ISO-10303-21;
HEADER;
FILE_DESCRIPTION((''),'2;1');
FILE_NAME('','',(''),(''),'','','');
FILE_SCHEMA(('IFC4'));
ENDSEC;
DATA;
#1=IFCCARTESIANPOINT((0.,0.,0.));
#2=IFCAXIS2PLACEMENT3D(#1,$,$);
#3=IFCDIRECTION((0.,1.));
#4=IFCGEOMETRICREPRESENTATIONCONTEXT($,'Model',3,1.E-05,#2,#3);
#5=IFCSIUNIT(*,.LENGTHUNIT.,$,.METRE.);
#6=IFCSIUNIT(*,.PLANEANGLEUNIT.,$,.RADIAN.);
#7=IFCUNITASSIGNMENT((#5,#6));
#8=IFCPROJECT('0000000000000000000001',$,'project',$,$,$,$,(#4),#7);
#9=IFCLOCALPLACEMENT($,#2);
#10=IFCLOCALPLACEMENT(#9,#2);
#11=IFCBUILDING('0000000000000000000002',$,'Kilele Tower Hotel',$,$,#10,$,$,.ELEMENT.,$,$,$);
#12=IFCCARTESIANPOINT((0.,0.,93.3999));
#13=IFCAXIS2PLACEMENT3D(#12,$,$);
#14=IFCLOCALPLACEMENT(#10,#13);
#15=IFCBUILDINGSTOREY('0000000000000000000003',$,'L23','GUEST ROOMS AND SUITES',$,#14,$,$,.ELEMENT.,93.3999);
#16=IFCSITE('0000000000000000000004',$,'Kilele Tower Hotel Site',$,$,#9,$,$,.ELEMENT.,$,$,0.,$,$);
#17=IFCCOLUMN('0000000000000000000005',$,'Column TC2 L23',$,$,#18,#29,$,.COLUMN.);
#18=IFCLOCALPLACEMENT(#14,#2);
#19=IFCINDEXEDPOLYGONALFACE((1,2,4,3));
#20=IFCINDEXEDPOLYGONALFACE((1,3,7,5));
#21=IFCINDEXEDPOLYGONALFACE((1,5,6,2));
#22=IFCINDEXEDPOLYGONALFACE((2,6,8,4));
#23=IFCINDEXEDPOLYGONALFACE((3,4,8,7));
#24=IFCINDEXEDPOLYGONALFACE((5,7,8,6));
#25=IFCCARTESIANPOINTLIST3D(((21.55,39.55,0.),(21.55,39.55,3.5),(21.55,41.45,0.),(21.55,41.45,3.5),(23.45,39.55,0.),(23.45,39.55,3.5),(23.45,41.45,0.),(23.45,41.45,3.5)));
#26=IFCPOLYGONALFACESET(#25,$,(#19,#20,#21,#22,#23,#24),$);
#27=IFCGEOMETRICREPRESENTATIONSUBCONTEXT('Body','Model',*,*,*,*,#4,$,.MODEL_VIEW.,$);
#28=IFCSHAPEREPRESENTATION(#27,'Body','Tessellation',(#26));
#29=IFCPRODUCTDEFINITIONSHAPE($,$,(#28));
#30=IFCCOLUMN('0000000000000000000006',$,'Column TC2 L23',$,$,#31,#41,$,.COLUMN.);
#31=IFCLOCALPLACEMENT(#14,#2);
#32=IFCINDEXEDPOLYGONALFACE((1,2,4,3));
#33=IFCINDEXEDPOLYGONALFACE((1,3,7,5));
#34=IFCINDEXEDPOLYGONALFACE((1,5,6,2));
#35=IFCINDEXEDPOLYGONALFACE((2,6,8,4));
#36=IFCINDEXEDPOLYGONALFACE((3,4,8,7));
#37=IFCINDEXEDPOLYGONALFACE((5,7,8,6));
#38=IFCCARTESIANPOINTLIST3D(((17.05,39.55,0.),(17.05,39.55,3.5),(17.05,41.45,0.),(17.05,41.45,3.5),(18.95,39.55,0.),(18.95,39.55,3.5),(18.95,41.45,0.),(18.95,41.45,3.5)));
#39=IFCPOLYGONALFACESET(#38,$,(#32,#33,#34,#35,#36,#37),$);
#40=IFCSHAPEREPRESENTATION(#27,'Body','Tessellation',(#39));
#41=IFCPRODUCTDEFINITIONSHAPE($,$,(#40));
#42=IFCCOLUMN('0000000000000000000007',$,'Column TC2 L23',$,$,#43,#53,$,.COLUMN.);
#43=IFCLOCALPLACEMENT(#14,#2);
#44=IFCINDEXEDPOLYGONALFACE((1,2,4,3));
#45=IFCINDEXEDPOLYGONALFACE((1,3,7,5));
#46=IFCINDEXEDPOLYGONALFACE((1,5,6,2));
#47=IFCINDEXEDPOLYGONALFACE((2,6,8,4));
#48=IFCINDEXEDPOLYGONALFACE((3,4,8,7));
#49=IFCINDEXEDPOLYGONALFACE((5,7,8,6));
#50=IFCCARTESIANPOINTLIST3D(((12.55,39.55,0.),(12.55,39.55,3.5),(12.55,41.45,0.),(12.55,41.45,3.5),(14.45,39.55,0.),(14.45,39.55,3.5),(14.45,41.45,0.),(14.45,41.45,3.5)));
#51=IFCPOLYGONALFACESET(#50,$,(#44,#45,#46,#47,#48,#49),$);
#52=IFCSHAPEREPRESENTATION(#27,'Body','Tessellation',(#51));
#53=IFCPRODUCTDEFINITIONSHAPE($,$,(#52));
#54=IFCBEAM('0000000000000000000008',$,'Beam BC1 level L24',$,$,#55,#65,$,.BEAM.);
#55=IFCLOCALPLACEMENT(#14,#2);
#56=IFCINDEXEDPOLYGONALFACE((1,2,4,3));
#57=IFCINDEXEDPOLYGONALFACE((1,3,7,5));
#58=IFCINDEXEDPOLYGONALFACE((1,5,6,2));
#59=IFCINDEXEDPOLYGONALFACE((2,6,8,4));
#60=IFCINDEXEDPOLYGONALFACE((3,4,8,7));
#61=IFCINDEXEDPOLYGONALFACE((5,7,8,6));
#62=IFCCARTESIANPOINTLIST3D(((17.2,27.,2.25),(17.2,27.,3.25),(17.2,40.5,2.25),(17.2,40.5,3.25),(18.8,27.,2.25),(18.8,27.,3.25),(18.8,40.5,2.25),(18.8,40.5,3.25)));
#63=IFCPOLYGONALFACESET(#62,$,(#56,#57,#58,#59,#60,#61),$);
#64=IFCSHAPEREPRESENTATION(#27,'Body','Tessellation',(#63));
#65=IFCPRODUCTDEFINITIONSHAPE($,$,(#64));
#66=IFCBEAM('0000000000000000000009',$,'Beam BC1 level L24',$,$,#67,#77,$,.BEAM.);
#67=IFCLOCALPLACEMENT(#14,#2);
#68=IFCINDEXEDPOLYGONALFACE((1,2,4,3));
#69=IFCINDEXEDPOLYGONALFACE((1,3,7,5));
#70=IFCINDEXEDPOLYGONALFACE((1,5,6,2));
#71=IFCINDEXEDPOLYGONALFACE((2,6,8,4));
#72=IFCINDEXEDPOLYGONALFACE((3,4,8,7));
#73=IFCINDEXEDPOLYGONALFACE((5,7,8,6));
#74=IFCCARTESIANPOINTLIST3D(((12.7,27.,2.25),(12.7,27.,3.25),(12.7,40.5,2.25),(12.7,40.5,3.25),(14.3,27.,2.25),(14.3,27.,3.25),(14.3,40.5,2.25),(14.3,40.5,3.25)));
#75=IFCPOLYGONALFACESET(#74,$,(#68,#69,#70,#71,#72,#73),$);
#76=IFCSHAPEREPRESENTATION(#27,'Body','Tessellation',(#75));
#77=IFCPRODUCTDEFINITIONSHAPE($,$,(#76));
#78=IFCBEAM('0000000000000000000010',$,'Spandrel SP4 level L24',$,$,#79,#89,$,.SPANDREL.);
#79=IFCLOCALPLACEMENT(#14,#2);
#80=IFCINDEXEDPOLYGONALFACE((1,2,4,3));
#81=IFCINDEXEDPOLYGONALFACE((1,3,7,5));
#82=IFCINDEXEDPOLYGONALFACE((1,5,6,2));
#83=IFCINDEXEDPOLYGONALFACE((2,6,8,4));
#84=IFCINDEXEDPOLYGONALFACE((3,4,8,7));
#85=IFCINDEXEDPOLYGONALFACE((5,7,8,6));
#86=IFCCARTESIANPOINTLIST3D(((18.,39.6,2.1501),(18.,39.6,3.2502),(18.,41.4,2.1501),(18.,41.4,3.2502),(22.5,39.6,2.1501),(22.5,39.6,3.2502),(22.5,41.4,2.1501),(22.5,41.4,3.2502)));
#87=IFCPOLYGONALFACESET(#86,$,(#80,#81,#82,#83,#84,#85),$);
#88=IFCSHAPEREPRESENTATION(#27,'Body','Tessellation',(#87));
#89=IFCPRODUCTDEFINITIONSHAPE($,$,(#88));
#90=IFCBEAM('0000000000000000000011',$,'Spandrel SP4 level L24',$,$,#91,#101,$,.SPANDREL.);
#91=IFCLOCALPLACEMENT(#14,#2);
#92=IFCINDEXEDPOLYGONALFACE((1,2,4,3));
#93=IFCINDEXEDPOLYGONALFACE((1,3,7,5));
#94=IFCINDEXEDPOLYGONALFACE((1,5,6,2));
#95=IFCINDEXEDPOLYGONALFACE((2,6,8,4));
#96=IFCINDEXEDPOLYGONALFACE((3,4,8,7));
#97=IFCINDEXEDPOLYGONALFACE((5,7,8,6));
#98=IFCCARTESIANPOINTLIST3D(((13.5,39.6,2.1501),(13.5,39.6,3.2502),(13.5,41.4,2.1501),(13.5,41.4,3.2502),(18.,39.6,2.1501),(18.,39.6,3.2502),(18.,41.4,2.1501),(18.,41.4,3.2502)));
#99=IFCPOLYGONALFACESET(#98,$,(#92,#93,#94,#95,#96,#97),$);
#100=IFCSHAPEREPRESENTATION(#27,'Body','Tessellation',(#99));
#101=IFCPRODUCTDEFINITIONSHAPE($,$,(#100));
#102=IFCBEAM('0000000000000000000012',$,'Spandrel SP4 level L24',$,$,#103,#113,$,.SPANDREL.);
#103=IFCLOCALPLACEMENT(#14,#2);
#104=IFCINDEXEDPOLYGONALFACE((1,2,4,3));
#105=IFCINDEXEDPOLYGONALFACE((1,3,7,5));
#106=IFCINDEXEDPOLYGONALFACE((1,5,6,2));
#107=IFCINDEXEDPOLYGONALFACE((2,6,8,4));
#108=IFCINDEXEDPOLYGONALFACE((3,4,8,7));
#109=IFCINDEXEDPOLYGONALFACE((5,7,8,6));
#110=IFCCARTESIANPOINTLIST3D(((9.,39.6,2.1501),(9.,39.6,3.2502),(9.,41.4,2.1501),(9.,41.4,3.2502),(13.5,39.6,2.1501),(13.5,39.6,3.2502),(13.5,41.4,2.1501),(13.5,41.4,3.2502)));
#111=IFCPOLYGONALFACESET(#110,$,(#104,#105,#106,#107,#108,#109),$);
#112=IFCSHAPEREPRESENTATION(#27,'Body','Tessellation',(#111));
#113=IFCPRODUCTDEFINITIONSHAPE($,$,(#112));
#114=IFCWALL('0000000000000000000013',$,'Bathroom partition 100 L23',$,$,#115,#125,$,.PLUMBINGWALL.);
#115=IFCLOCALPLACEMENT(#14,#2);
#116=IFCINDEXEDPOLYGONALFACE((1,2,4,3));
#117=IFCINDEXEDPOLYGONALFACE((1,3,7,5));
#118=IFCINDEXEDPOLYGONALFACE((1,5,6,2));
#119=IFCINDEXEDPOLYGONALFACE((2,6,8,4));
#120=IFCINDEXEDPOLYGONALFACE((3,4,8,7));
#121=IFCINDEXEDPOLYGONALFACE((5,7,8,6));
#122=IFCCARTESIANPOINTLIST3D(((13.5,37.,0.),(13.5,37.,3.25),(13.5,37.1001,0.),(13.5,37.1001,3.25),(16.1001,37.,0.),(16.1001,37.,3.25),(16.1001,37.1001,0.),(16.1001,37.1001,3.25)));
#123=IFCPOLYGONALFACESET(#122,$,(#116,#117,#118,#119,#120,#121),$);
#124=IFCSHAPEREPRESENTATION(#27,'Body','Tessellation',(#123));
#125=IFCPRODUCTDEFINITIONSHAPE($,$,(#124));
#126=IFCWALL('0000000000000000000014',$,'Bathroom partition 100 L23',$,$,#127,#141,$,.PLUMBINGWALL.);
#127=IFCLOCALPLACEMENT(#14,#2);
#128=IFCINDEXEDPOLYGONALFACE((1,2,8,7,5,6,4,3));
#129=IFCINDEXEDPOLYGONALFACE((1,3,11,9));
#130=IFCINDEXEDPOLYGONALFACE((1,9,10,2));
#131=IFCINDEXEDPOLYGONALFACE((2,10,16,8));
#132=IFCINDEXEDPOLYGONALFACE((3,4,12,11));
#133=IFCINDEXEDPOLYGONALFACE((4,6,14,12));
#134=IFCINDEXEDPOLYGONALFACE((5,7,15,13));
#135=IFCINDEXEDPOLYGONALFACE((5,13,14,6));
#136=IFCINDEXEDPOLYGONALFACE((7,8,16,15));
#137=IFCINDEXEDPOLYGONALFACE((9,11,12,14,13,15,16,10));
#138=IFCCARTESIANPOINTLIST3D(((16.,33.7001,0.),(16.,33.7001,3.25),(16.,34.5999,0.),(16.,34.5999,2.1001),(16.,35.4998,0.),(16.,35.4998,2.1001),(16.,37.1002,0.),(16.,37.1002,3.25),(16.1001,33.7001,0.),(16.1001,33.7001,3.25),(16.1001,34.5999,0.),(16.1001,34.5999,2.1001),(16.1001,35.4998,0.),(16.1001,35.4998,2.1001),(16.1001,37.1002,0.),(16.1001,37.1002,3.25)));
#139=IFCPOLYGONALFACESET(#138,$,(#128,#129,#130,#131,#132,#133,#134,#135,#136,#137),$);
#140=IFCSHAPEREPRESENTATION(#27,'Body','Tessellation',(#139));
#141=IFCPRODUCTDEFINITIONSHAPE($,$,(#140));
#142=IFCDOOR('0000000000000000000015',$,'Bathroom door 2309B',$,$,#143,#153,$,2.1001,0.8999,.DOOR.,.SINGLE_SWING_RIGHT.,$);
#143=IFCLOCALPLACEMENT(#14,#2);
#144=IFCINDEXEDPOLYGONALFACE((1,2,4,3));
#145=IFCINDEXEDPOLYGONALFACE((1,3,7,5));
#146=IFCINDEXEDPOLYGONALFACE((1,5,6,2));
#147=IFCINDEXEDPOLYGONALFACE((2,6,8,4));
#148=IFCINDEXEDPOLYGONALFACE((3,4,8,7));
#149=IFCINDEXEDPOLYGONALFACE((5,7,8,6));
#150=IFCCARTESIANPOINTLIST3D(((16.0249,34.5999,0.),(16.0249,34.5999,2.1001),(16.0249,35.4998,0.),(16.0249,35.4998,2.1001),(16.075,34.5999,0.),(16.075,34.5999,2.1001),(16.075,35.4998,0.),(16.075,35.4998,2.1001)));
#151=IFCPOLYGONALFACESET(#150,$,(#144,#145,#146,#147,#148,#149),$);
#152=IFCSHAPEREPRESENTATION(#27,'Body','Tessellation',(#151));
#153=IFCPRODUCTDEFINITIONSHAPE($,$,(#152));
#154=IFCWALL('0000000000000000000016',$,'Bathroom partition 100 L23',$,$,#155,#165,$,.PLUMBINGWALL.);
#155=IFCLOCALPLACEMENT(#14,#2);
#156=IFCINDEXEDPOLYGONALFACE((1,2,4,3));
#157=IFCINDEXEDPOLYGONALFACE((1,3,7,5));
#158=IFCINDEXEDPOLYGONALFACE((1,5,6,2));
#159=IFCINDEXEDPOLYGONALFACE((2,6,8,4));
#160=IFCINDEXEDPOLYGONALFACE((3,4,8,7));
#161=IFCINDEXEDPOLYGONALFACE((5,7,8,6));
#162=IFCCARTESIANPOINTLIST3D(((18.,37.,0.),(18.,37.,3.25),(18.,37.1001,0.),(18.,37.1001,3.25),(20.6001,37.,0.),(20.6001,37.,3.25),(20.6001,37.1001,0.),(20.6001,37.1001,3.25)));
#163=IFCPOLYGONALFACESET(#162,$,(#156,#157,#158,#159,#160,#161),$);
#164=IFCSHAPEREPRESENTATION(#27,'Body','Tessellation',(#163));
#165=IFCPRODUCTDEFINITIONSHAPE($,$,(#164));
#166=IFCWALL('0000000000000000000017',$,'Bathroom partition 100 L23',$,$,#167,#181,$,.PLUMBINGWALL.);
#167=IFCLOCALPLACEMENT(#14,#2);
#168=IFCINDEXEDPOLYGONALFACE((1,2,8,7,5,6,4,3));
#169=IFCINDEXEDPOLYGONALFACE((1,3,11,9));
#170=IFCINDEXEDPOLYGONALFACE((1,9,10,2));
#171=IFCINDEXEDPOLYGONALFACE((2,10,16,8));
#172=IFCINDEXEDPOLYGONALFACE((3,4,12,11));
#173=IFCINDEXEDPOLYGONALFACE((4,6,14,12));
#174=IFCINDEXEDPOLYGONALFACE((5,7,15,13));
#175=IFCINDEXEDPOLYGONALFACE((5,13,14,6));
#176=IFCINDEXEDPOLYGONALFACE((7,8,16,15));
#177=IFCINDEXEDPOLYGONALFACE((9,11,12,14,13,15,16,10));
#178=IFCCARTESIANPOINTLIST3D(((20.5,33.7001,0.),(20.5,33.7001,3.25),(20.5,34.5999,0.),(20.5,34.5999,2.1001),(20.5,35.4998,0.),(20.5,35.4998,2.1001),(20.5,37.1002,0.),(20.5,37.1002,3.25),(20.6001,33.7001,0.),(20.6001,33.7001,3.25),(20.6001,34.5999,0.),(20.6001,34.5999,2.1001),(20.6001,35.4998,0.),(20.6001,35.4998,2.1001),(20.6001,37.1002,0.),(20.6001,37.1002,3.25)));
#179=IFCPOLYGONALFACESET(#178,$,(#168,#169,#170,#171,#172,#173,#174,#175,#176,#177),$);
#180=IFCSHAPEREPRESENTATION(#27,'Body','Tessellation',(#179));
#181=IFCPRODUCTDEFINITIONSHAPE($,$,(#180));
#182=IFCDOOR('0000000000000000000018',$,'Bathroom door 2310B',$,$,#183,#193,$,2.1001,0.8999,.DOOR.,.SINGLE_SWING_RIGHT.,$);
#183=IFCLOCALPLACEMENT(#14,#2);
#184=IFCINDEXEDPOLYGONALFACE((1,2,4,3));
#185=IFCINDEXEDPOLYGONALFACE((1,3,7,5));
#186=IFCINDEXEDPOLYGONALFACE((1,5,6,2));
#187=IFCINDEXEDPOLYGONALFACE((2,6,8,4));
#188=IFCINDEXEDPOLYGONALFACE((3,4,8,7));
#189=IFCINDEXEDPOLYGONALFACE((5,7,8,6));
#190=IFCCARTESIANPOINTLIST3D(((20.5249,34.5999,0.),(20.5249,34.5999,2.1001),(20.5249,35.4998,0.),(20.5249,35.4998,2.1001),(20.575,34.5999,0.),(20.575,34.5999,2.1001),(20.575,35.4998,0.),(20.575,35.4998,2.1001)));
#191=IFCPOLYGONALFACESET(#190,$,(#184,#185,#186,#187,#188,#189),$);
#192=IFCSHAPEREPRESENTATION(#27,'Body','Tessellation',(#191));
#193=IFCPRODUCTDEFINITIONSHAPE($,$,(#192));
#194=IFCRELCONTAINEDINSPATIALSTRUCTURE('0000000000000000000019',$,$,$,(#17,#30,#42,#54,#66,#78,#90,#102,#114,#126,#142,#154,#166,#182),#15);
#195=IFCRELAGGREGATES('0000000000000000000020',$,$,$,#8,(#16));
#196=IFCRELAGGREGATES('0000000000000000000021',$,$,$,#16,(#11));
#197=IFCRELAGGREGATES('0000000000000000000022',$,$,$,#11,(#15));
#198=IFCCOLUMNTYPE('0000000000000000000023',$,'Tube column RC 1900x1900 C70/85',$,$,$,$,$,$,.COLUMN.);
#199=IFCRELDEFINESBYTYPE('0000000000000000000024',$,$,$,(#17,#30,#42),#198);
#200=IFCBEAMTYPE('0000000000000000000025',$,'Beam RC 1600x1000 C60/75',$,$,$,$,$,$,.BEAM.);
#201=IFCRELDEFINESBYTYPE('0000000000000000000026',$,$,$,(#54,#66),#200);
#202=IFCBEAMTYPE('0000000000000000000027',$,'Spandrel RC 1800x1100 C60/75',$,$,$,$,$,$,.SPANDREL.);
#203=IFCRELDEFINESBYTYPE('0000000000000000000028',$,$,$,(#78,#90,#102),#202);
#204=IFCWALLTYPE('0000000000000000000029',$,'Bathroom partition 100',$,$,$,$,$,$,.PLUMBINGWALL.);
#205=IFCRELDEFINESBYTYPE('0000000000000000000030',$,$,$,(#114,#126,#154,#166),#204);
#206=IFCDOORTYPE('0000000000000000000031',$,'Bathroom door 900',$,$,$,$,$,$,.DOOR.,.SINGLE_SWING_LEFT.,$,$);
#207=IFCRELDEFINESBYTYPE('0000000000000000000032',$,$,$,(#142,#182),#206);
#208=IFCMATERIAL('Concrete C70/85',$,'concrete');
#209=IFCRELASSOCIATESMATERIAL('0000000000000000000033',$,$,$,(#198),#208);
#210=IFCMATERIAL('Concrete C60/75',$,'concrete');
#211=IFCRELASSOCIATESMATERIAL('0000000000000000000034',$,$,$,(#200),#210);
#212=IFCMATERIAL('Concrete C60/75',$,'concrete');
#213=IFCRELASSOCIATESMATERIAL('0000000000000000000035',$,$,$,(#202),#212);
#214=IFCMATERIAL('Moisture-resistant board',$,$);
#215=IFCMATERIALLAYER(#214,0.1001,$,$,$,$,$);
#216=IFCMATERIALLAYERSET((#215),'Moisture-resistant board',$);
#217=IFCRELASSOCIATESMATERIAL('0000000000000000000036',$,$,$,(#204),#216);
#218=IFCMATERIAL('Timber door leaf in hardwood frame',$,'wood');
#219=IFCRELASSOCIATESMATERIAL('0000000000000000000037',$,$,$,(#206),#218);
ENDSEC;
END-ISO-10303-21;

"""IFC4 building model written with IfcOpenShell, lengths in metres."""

from ifc_helpers import new_model, si_unit, direction, frame, frame_2d, origin, origin_2d, place, context, subcontext, project, spatial, rectangle, extrude, material, layer, layer_set, material_profile, profile_set, type_object, element, fill, save


model = new_model("IFC4")

# Units and contexts
model_context = context("Model", 3, precision=1e-05, world=origin(), true_north=direction((0.0, 1.0)))
body_context = subcontext(model_context, "Body", "Model", "MODEL_VIEW")
ifc_project = project(units=[si_unit("LENGTHUNIT", "METRE"), si_unit("PLANEANGLEUNIT", "RADIAN")], contexts=[model_context])

# Site, building, storey
site_placement = place(None, origin())
site = spatial("IfcSite", under=ifc_project, at=site_placement, Name="Kilele Tower Hotel Site", CompositionType="ELEMENT", RefElevation=0.0)
building_placement = place(site_placement, origin())
building = spatial("IfcBuilding", under=site, at=building_placement, Name="Kilele Tower Hotel", CompositionType="ELEMENT")
storey_placement = place(building_placement, frame((0.0, 0.0, 93.3999)))
storey = spatial("IfcBuildingStorey", under=building, at=storey_placement, Name="L23", Description="GUEST ROOMS AND SUITES", CompositionType="ELEMENT", Elevation=93.3999)

# Columns
ifc_material_1 = material(Name="Concrete C70/85", Category="concrete")
ifc_material_profile_1 = material_profile(ifc_material_1, rectangle(XDim=1.8999, YDim=1.8999, at=origin_2d()))
ifc_profile_set_1 = profile_set([ifc_material_profile_1], Name="Concrete C70/85")
column_type = type_object("IfcColumnType", Name="Tube column RC 1900x1900 C70/85", PredefinedType="COLUMN", material=ifc_profile_set_1)
for number, where, z_axis, x_axis, name in (
    (1, (22.5, 40.5, 0.0), (0.0, 0.0, 1.0), (1.0, 0.0, 0.0), "Column TC2 L23"),
    (2, (18.0, 40.5, 0.0), (0.0, 0.0, 1.0), (1.0, 0.0, 0.0), "Column TC2 L23"),
    (3, (13.5, 40.5, 0.0), (0.0, 0.0, 1.0), (1.0, 0.0, 0.0), "Column TC2 L23"),
):
    element("IfcColumn", number, at=place(storey_placement, frame(where, z_axis=z_axis, x_axis=x_axis)), inside=storey, type_object=column_type, Name=name, PredefinedType="COLUMN", context=body_context, shape_type="SweptSolid", body=[
        extrude(rectangle(XDim=1.8999, YDim=1.8999, at=origin_2d()), origin(), (0.0, 0.0, 1.0), 3.5),
    ])

# Beams
ifc_material_2 = material(Name="Concrete C60/75", Category="concrete")
ifc_material_profile_2 = material_profile(ifc_material_2, rectangle(XDim=1.6001, YDim=1.0, at=origin_2d()))
ifc_profile_set_2 = profile_set([ifc_material_profile_2], Name="Concrete C60/75")
beam_type_1 = type_object("IfcBeamType", Name="Beam RC 1600x1000 C60/75", PredefinedType="BEAM", material=ifc_profile_set_2)
for number, where, z_axis, x_axis, name in (
    (4, (18.0, 40.5, 2.75), (0.0, -1.0, 0.0), (1.0, 0.0, 0.0), "Beam BC1 level L24"),
    (5, (13.5, 40.5, 2.75), (0.0, -1.0, 0.0), (1.0, 0.0, 0.0), "Beam BC1 level L24"),
):
    element("IfcBeam", number, at=place(storey_placement, frame(where, z_axis=z_axis, x_axis=x_axis)), inside=storey, type_object=beam_type_1, Name=name, PredefinedType="BEAM", context=body_context, shape_type="SweptSolid", body=[
        extrude(rectangle(XDim=1.6001, YDim=1.0, at=origin_2d()), origin(), (0.0, 0.0, 1.0), 13.5),
    ])
ifc_material_3 = material(Name="Concrete C60/75", Category="concrete")
ifc_material_profile_3 = material_profile(ifc_material_3, rectangle(XDim=1.8, YDim=1.1001, at=origin_2d()))
ifc_profile_set_3 = profile_set([ifc_material_profile_3], Name="Concrete C60/75")
beam_type_2 = type_object("IfcBeamType", Name="Spandrel RC 1800x1100 C60/75", PredefinedType="SPANDREL", material=ifc_profile_set_3)
for number, where, z_axis, x_axis, name in (
    (6, (22.5, 40.5, 2.7002), (-1.0, 0.0, 0.0), (0.0, -1.0, 0.0), "Spandrel SP4 level L24"),
    (7, (18.0, 40.5, 2.7002), (-1.0, 0.0, 0.0), (0.0, -1.0, 0.0), "Spandrel SP4 level L24"),
    (8, (13.5, 40.5, 2.7002), (-1.0, 0.0, 0.0), (0.0, -1.0, 0.0), "Spandrel SP4 level L24"),
):
    element("IfcBeam", number, at=place(storey_placement, frame(where, z_axis=z_axis, x_axis=x_axis)), inside=storey, type_object=beam_type_2, Name=name, PredefinedType="SPANDREL", context=body_context, shape_type="SweptSolid", body=[
        extrude(rectangle(XDim=1.8, YDim=1.1001, at=origin_2d()), origin(), (0.0, 0.0, 1.0), 4.5),
    ])

# Wall
ifc_material_4 = material(Name="Moisture-resistant board")
ifc_layer_1 = layer(ifc_material_4, 0.1001)
ifc_layer_set_1 = layer_set([ifc_layer_1], Name="Moisture-resistant board")
wall_type_1 = type_object("IfcWallType", Name="Bathroom partition 100", PredefinedType="PLUMBINGWALL", material=ifc_layer_set_1)
wall_1_placement = place(storey_placement, frame((13.5, 37.05, 0.0), z_axis=(0.0, 0.0, 1.0), x_axis=(1.0, 0.0, 0.0)))
element("IfcWall", 9, at=wall_1_placement, inside=storey, type_object=wall_type_1, Name="Bathroom partition 100 L23", PredefinedType="PLUMBINGWALL", context=body_context, shape_type="SweptSolid", body=[
    extrude(rectangle(XDim=2.6001, YDim=0.1001, at=frame_2d((1.3, 0.0))), origin(), (0.0, 0.0, 1.0), 3.25),
])

# Wall, opening, door
wall_2_placement = place(storey_placement, frame((16.05, 33.7, 0.0), z_axis=(0.0, 0.0, 1.0), x_axis=(0.0, 1.0, 0.0)))
wall_2 = element("IfcWall", 10, at=wall_2_placement, inside=storey, type_object=wall_type_1, Name="Bathroom partition 100 L23", PredefinedType="PLUMBINGWALL", context=body_context, shape_type="SweptSolid", body=[
    extrude(rectangle(XDim=3.4001, YDim=0.1001, at=frame_2d((1.7002, 0.0))), origin(), (0.0, 0.0, 1.0), 3.25),
])
opening_1_placement = place(wall_2_placement, frame((1.7998, 0.0, 0.0), z_axis=(0.0, 0.0, 1.0), x_axis=(-1.0, 0.0, 0.0)))
opening_1 = element("IfcOpeningElement", 11, at=opening_1_placement, cuts=wall_2, PredefinedType="OPENING", context=body_context, shape_type="SweptSolid", body=[
    extrude(rectangle(XDim=0.8999, YDim=2.1001, at=frame_2d((0.45, 1.05))), frame((0.0, 0.0601, 0.0), z_axis=(0.0, -1.0, 0.0), x_axis=(1.0, 0.0, 0.0)), (0.0, 0.0, 1.0), 0.1201),
])
ifc_material_5 = material(Name="Timber door leaf in hardwood frame", Category="wood")
door_type_1 = type_object("IfcDoorType", Name="Bathroom door 900", OperationType="SINGLE_SWING_LEFT", PredefinedType="DOOR", material=ifc_material_5)
door_1_placement = place(opening_1_placement, origin())
door_1 = element("IfcDoor", 12, at=door_1_placement, inside=storey, type_object=door_type_1, Name="Bathroom door 2309B", OperationType="SINGLE_SWING_RIGHT", OverallHeight=2.1001, OverallWidth=0.8999, PredefinedType="DOOR", context=body_context, shape_type="SweptSolid", body=[
    extrude(rectangle(XDim=0.8999, YDim=2.1001, at=frame_2d((0.45, 1.05))), frame((0.0, 0.0249, 0.0), z_axis=(0.0, -1.0, 0.0), x_axis=(1.0, 0.0, 0.0)), (0.0, 0.0, 1.0), 0.05),
])
fill(opening_1, door_1)

# Wall
wall_3_placement = place(storey_placement, frame((18.0, 37.05, 0.0), z_axis=(0.0, 0.0, 1.0), x_axis=(1.0, 0.0, 0.0)))
element("IfcWall", 13, at=wall_3_placement, inside=storey, type_object=wall_type_1, Name="Bathroom partition 100 L23", PredefinedType="PLUMBINGWALL", context=body_context, shape_type="SweptSolid", body=[
    extrude(rectangle(XDim=2.6001, YDim=0.1001, at=frame_2d((1.3, 0.0))), origin(), (0.0, 0.0, 1.0), 3.25),
])

# Wall, opening, door
wall_4_placement = place(storey_placement, frame((20.55, 33.7, 0.0), z_axis=(0.0, 0.0, 1.0), x_axis=(0.0, 1.0, 0.0)))
wall_4 = element("IfcWall", 14, at=wall_4_placement, inside=storey, type_object=wall_type_1, Name="Bathroom partition 100 L23", PredefinedType="PLUMBINGWALL", context=body_context, shape_type="SweptSolid", body=[
    extrude(rectangle(XDim=3.4001, YDim=0.1001, at=frame_2d((1.7002, 0.0))), origin(), (0.0, 0.0, 1.0), 3.25),
])
opening_2_placement = place(wall_4_placement, frame((1.7998, 0.0, 0.0), z_axis=(0.0, 0.0, 1.0), x_axis=(-1.0, 0.0, 0.0)))
opening_2 = element("IfcOpeningElement", 15, at=opening_2_placement, cuts=wall_4, PredefinedType="OPENING", context=body_context, shape_type="SweptSolid", body=[
    extrude(rectangle(XDim=0.8999, YDim=2.1001, at=frame_2d((0.45, 1.05))), frame((0.0, 0.0601, 0.0), z_axis=(0.0, -1.0, 0.0), x_axis=(1.0, 0.0, 0.0)), (0.0, 0.0, 1.0), 0.1201),
])
door_2_placement = place(opening_2_placement, origin())
door_2 = element("IfcDoor", 16, at=door_2_placement, inside=storey, type_object=door_type_1, Name="Bathroom door 2310B", OperationType="SINGLE_SWING_RIGHT", OverallHeight=2.1001, OverallWidth=0.8999, PredefinedType="DOOR", context=body_context, shape_type="SweptSolid", body=[
    extrude(rectangle(XDim=0.8999, YDim=2.1001, at=frame_2d((0.45, 1.05))), frame((0.0, 0.0249, 0.0), z_axis=(0.0, -1.0, 0.0), x_axis=(1.0, 0.0, 0.0)), (0.0, 0.0, 1.0), 0.05),
])
fill(opening_2, door_2)

save(model, "model.ifc")
